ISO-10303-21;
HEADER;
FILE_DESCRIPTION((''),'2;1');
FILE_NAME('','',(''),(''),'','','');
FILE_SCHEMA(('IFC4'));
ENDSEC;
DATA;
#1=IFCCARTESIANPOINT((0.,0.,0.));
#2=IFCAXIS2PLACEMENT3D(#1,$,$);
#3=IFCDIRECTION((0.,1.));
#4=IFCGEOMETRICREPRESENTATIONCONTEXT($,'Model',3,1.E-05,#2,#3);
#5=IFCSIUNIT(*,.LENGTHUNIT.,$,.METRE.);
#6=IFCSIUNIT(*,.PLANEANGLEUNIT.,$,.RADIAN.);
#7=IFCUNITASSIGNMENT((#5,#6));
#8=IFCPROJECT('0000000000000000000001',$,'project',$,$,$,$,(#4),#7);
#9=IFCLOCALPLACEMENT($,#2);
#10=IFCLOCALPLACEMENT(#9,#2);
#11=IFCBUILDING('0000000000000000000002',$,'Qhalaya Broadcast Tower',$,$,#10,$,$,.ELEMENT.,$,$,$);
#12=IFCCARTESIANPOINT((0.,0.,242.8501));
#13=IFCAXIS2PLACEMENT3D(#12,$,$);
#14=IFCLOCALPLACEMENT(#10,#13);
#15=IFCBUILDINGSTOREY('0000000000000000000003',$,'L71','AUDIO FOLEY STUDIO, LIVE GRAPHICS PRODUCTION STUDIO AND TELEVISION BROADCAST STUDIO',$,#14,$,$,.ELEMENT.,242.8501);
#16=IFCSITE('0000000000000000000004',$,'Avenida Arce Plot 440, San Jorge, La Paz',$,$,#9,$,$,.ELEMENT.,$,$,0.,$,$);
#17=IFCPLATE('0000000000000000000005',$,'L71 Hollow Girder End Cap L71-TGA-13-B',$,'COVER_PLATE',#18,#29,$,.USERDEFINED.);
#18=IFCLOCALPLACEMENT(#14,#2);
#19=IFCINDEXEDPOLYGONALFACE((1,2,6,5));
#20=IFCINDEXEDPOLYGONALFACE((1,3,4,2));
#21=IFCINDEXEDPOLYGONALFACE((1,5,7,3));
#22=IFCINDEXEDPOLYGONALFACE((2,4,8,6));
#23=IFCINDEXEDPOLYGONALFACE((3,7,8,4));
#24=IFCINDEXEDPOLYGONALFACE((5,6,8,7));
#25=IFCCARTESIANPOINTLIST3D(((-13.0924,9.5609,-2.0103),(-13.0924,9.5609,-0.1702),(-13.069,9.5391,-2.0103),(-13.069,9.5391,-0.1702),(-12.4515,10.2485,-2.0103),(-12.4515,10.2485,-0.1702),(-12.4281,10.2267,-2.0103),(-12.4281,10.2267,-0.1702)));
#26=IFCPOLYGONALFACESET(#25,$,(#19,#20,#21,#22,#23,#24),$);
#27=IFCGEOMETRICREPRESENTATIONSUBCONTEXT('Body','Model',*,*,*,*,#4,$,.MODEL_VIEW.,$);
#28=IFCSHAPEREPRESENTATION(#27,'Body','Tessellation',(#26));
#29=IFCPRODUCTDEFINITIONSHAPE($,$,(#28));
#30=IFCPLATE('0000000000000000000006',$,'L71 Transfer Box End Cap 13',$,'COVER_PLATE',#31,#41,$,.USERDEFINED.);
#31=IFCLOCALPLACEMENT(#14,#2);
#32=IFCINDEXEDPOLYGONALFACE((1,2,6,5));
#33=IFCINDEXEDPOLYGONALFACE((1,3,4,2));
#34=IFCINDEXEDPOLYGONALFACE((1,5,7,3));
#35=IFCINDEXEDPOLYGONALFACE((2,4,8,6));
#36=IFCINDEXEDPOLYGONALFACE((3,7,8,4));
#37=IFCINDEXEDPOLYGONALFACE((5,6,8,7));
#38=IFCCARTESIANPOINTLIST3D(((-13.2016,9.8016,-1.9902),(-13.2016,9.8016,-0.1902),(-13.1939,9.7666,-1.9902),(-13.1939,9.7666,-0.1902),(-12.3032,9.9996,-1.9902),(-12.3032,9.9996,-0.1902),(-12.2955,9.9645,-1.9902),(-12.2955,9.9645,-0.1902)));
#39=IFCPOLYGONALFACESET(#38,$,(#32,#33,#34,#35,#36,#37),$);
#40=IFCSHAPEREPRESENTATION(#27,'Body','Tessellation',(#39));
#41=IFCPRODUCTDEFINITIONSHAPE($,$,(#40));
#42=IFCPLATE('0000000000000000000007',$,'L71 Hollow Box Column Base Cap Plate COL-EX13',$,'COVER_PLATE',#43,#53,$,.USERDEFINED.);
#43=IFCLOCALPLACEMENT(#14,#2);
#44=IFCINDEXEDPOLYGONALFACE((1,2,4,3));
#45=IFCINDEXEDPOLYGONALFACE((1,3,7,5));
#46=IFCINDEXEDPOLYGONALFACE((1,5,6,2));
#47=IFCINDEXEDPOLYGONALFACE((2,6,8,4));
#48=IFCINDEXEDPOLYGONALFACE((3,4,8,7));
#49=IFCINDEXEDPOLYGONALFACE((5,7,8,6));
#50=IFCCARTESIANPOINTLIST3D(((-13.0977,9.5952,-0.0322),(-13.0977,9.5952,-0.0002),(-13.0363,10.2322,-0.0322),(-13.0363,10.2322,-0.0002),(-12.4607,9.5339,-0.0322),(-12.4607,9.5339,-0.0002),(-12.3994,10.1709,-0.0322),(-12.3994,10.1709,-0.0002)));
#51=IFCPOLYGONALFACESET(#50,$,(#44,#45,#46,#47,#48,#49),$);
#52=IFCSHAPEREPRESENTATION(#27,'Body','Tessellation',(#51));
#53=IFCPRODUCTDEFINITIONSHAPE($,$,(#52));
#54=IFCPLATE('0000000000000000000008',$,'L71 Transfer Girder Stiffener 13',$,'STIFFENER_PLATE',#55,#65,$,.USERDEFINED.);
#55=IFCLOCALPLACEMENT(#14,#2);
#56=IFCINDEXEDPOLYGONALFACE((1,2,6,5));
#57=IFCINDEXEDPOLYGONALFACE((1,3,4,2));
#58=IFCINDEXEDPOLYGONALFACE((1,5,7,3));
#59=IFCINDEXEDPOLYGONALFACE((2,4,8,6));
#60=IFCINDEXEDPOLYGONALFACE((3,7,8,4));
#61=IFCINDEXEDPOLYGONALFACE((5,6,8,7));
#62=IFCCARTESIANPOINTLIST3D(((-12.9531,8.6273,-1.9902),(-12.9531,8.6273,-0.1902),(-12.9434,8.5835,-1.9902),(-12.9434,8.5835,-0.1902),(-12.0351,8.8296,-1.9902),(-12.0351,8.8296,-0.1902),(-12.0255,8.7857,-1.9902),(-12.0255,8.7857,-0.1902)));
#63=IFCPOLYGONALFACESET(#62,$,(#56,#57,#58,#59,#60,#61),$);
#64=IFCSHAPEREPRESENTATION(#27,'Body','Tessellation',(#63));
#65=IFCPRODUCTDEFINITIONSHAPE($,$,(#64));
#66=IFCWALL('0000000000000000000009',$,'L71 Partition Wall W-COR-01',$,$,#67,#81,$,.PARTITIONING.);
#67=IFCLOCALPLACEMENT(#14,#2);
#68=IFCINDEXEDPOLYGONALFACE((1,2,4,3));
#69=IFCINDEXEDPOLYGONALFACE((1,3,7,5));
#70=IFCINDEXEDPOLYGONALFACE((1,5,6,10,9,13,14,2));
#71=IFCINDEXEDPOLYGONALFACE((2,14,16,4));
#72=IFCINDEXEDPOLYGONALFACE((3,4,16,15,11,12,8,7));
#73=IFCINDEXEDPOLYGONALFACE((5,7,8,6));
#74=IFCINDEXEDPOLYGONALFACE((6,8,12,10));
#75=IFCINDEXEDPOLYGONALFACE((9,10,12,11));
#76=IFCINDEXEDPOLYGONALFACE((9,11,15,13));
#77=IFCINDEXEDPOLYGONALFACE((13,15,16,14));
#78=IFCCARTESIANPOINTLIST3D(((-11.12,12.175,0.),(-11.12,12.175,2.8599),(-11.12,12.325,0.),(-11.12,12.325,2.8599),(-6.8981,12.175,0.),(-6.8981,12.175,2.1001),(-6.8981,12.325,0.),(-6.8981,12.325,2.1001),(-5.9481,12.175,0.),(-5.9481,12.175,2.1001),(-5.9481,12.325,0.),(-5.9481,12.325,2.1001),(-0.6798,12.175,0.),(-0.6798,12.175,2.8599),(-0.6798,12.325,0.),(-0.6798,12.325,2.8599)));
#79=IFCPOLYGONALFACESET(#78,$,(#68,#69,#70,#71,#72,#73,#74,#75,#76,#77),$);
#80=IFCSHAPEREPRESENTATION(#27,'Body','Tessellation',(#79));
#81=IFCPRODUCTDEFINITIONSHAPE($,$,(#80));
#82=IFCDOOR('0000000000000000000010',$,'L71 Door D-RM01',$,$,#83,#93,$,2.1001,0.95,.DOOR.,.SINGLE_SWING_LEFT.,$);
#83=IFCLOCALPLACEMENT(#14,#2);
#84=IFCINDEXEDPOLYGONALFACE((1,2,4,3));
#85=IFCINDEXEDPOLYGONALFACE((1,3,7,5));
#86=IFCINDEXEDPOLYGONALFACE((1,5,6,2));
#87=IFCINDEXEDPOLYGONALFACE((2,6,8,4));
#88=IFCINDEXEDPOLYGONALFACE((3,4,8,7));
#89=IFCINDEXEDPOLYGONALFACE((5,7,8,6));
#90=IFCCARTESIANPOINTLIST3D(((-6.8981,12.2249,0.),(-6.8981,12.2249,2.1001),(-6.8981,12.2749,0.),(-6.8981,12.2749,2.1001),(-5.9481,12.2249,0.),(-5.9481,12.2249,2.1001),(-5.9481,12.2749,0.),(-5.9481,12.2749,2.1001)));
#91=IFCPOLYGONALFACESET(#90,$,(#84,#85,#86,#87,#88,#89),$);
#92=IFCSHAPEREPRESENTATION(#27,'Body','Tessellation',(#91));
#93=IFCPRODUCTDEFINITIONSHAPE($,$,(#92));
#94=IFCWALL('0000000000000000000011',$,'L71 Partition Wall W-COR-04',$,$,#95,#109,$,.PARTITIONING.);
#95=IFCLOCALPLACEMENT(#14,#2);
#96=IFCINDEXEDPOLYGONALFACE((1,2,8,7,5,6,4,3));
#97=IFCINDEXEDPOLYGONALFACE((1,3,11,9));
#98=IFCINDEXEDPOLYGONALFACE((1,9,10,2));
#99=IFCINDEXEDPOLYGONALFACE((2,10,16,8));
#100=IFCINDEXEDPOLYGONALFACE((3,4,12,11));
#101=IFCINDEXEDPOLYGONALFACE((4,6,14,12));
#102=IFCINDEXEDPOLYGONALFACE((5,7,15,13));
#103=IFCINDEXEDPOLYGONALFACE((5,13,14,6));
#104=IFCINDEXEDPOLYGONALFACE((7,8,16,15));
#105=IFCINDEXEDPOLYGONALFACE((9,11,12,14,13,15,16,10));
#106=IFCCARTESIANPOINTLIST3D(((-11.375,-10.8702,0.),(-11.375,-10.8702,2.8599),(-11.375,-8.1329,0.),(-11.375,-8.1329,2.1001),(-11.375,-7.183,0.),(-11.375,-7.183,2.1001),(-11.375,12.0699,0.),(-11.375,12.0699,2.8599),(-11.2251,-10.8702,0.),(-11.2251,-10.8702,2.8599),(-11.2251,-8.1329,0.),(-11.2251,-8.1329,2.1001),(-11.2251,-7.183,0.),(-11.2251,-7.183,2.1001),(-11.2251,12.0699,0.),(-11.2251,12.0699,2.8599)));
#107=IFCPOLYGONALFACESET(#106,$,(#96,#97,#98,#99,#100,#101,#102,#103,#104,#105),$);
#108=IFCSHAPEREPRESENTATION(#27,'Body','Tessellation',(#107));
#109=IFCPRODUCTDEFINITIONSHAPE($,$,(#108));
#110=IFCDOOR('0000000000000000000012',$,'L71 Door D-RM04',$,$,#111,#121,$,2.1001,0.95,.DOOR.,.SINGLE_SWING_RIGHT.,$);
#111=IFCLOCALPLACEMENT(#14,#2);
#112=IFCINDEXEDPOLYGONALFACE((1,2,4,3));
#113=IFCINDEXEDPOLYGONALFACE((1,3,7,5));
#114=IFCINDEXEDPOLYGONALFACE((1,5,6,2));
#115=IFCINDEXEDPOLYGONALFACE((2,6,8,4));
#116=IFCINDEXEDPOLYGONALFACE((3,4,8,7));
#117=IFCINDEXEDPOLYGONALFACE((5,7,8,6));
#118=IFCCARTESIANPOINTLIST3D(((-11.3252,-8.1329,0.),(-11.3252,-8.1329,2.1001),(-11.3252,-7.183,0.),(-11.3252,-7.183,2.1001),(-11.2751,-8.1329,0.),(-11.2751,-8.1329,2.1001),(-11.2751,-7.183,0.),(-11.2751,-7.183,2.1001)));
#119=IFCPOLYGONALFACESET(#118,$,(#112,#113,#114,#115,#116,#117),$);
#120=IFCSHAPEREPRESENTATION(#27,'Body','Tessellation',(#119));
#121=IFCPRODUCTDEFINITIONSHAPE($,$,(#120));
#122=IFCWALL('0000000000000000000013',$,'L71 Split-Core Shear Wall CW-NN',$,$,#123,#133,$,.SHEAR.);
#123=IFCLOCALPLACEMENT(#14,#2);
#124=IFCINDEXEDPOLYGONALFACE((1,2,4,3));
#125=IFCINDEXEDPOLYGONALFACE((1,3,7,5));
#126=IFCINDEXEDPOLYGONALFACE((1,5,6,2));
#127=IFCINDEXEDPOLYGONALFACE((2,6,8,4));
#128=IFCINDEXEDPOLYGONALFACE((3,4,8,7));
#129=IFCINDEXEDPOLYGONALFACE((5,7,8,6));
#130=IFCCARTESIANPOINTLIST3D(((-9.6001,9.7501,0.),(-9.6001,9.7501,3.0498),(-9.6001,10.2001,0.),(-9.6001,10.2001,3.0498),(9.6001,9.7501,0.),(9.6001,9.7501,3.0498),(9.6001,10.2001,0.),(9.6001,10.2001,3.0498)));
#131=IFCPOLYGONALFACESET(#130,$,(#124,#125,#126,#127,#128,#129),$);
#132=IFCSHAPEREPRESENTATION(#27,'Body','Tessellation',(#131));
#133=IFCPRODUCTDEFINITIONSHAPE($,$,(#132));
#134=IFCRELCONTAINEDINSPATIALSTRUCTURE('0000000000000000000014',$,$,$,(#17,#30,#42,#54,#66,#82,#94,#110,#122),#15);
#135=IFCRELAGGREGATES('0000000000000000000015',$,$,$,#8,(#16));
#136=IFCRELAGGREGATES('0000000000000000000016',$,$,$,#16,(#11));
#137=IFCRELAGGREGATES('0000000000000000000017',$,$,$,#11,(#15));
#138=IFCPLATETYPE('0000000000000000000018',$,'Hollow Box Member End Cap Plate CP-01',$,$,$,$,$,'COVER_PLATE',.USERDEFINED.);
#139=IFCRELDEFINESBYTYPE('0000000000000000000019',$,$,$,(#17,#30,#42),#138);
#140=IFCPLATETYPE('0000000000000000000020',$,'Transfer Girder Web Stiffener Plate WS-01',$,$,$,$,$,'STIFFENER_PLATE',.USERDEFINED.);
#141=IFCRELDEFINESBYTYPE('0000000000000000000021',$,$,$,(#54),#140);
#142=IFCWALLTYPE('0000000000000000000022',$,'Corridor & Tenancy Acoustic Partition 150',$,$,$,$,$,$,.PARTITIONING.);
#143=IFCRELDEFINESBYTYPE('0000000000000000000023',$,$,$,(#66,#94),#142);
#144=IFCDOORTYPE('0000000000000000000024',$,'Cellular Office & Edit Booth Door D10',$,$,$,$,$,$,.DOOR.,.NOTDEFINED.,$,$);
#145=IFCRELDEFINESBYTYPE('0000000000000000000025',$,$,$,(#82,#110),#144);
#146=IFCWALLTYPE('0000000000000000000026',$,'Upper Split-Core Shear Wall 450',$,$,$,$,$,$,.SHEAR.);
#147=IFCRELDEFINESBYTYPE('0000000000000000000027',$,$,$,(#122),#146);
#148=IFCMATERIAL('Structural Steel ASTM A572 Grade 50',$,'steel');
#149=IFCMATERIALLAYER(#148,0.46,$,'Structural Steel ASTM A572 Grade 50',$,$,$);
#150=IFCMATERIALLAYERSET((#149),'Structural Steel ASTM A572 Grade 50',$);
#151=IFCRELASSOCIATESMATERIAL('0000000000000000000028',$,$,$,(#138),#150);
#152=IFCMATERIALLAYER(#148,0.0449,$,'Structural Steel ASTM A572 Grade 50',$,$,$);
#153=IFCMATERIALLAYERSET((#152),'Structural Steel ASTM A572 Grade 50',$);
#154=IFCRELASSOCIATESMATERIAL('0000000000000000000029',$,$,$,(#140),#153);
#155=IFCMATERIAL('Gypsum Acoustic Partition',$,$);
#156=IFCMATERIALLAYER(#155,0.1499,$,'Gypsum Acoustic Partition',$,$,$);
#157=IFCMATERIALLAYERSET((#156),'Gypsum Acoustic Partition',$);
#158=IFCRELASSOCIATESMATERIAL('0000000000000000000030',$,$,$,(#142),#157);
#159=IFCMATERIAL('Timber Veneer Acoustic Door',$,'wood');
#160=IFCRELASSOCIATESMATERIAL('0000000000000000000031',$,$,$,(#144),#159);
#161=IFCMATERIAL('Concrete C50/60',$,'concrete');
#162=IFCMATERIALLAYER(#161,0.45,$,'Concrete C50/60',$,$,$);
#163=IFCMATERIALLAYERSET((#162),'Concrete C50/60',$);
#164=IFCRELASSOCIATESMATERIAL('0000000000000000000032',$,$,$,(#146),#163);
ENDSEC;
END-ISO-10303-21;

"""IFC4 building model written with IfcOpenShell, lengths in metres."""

from ifc_helpers import new_model, si_unit, direction, frame, frame_2d, origin, origin_2d, place, context, subcontext, project, spatial, rectangle, extrude, material, layer, layer_set, type_object, element, fill, save


model = new_model("IFC4")

# Units and contexts
model_context = context("Model", 3, precision=1e-05, world=origin(), true_north=direction((0.0, 1.0)))
body_context = subcontext(model_context, "Body", "Model", "MODEL_VIEW")
ifc_project = project(units=[si_unit("LENGTHUNIT", "METRE"), si_unit("PLANEANGLEUNIT", "RADIAN")], contexts=[model_context])

# Site, building, storey
site_placement = place(None, origin())
site = spatial("IfcSite", under=ifc_project, at=site_placement, Name="Avenida Arce Plot 440, San Jorge, La Paz", CompositionType="ELEMENT", RefElevation=0.0)
building_placement = place(site_placement, origin())
building = spatial("IfcBuilding", under=site, at=building_placement, Name="Qhalaya Broadcast Tower", CompositionType="ELEMENT")
storey_placement = place(building_placement, frame((0.0, 0.0, 242.8501)))
storey = spatial("IfcBuildingStorey", under=building, at=storey_placement, Name="L71", Description="AUDIO FOLEY STUDIO, LIVE GRAPHICS PRODUCTION STUDIO AND TELEVISION BROADCAST STUDIO", CompositionType="ELEMENT", Elevation=242.8501)

# Shared definitions
ifc_material_1 = material(Name="Structural Steel ASTM A572 Grade 50", Category="steel")

# Plates
ifc_layer_1 = layer(ifc_material_1, 0.46, Name="Structural Steel ASTM A572 Grade 50")
ifc_layer_set_1 = layer_set([ifc_layer_1], Name="Structural Steel ASTM A572 Grade 50")
plate_type_1 = type_object("IfcPlateType", Name="Hollow Box Member End Cap Plate CP-01", ElementType="COVER_PLATE", PredefinedType="USERDEFINED", material=ifc_layer_set_1)
for number, where, z_axis, x_axis, name in (
    (1, (-12.7603, 9.8938, -2.0103), (0.0, 0.0, 1.0), (-0.681896, -0.731449, 0.0), "L71 Hollow Girder End Cap L71-TGA-13-B"),
):
    element("IfcPlate", number, at=place(storey_placement, frame(where, z_axis=z_axis, x_axis=x_axis)), inside=storey, type_object=plate_type_1, Name=name, ObjectType="COVER_PLATE", PredefinedType="USERDEFINED", context=body_context, shape_type="SweptSolid", body=[
        extrude(rectangle(XDim=0.9399, YDim=0.032, at=origin_2d()), origin(), (0.0, 0.0, 1.0), 1.8401),
    ])
plate_1_placement = place(storey_placement, frame((-12.7485, 9.8831, -1.9902), z_axis=(0.0, 0.0, 1.0), x_axis=(-0.976571, -0.215196, 0.0)))
element("IfcPlate", 2, at=plate_1_placement, inside=storey, type_object=plate_type_1, Name="L71 Transfer Box End Cap 13", ObjectType="COVER_PLATE", PredefinedType="USERDEFINED", context=body_context, shape_type="SweptSolid", body=[
    extrude(rectangle(XDim=0.9199, YDim=0.0359, at=origin_2d()), origin(), (0.0, 0.0, 1.0), 1.8),
])
plate_2_placement = place(storey_placement, frame((-12.7485, 9.8831, -0.0322), z_axis=(0.0, 0.0, 1.0), x_axis=(0.095846, 0.995396, 0.0)))
element("IfcPlate", 3, at=plate_2_placement, inside=storey, type_object=plate_type_1, Name="L71 Hollow Box Column Base Cap Plate COL-EX13", ObjectType="COVER_PLATE", PredefinedType="USERDEFINED", context=body_context, shape_type="SweptSolid", body=[
    extrude(rectangle(XDim=0.6399, YDim=0.6399, at=origin_2d()), origin(), (0.0, 0.0, 1.0), 0.032),
])
ifc_layer_2 = layer(ifc_material_1, 0.0449, Name="Structural Steel ASTM A572 Grade 50")
ifc_layer_set_2 = layer_set([ifc_layer_2], Name="Structural Steel ASTM A572 Grade 50")
plate_type_2 = type_object("IfcPlateType", Name="Transfer Girder Web Stiffener Plate WS-01", ElementType="STIFFENER_PLATE", PredefinedType="USERDEFINED", material=ifc_layer_set_2)
plate_3_placement = place(storey_placement, frame((-12.4893, 8.7065, -1.9902), z_axis=(0.0, 0.0, 1.0), x_axis=(-0.976571, -0.215196, 0.0)))
element("IfcPlate", 4, at=plate_3_placement, inside=storey, type_object=plate_type_2, Name="L71 Transfer Girder Stiffener 13", ObjectType="STIFFENER_PLATE", PredefinedType="USERDEFINED", context=body_context, shape_type="SweptSolid", body=[
    extrude(rectangle(XDim=0.9399, YDim=0.0449, at=origin_2d()), origin(), (0.0, 0.0, 1.0), 1.8),
])

# Walls, openings, doors
ifc_material_2 = material(Name="Gypsum Acoustic Partition")
ifc_layer_3 = layer(ifc_material_2, 0.1499, Name="Gypsum Acoustic Partition")
ifc_layer_set_3 = layer_set([ifc_layer_3], Name="Gypsum Acoustic Partition")
wall_type_1 = type_object("IfcWallType", Name="Corridor & Tenancy Acoustic Partition 150", PredefinedType="PARTITIONING", material=ifc_layer_set_3)
wall_1_placement = place(storey_placement, frame((-11.1201, 12.25, 0.0), z_axis=(0.0, 0.0, 1.0), x_axis=(1.0, 0.0, 0.0)))
wall_1 = element("IfcWall", 5, at=wall_1_placement, inside=storey, type_object=wall_type_1, Name="L71 Partition Wall W-COR-01", PredefinedType="PARTITIONING", context=body_context, shape_type="SweptSolid", body=[
    extrude(rectangle(XDim=10.4402, YDim=0.1499, at=frame_2d((5.2202, 0.0))), origin(), (0.0, 0.0, 1.0), 2.8599),
])
opening_1_placement = place(wall_1_placement, frame((4.2219, 0.0, 0.0)))
opening_1 = element("IfcOpeningElement", 6, at=opening_1_placement, cuts=wall_1, PredefinedType="OPENING", context=body_context, shape_type="SweptSolid", body=[
    extrude(rectangle(XDim=0.95, YDim=2.1001, at=frame_2d((0.4751, 1.05))), frame((0.0, 0.0869, 0.0), z_axis=(0.0, -1.0, 0.0), x_axis=(1.0, 0.0, 0.0)), (0.0, 0.0, 1.0), 0.1738),
])
ifc_material_3 = material(Name="Timber Veneer Acoustic Door", Category="wood")
door_type = type_object("IfcDoorType", Name="Cellular Office & Edit Booth Door D10", OperationType="NOTDEFINED", PredefinedType="DOOR", material=ifc_material_3)
door_1_placement = place(opening_1_placement, origin())
door_1 = element("IfcDoor", 7, at=door_1_placement, inside=storey, type_object=door_type, Name="L71 Door D-RM01", OperationType="SINGLE_SWING_LEFT", OverallHeight=2.1001, OverallWidth=0.95, PredefinedType="DOOR", context=body_context, shape_type="SweptSolid", body=[
    extrude(rectangle(XDim=0.95, YDim=2.1001, at=frame_2d((0.4751, 1.05))), frame((0.0, 0.0249, 0.0), z_axis=(0.0, -1.0, 0.0), x_axis=(1.0, 0.0, 0.0)), (0.0, 0.0, 1.0), 0.05),
])
fill(opening_1, door_1)
wall_2_placement = place(storey_placement, frame((-11.3, 12.0701, 0.0), z_axis=(0.0, 0.0, 1.0), x_axis=(0.0, -1.0, 0.0)))
wall_2 = element("IfcWall", 8, at=wall_2_placement, inside=storey, type_object=wall_type_1, Name="L71 Partition Wall W-COR-04", PredefinedType="PARTITIONING", context=body_context, shape_type="SweptSolid", body=[
    extrude(rectangle(XDim=22.9402, YDim=0.1499, at=frame_2d((11.4702, 0.0))), origin(), (0.0, 0.0, 1.0), 2.8599),
])
opening_2_placement = place(wall_2_placement, frame((19.2529, 0.0, 0.0)))
opening_2 = element("IfcOpeningElement", 9, at=opening_2_placement, cuts=wall_2, PredefinedType="OPENING", context=body_context, shape_type="SweptSolid", body=[
    extrude(rectangle(XDim=0.95, YDim=2.1001, at=frame_2d((0.4751, 1.05))), frame((0.0, 0.0869, 0.0), z_axis=(0.0, -1.0, 0.0), x_axis=(1.0, 0.0, 0.0)), (0.0, 0.0, 1.0), 0.1738),
])
door_2_placement = place(opening_2_placement, origin())
door_2 = element("IfcDoor", 10, at=door_2_placement, inside=storey, type_object=door_type, Name="L71 Door D-RM04", OperationType="SINGLE_SWING_RIGHT", OverallHeight=2.1001, OverallWidth=0.95, PredefinedType="DOOR", context=body_context, shape_type="SweptSolid", body=[
    extrude(rectangle(XDim=0.95, YDim=2.1001, at=frame_2d((0.4751, 1.05))), frame((0.0, 0.0249, 0.0), z_axis=(0.0, -1.0, 0.0), x_axis=(1.0, 0.0, 0.0)), (0.0, 0.0, 1.0), 0.05),
])
fill(opening_2, door_2)

# Wall
ifc_material_4 = material(Name="Concrete C50/60", Category="concrete")
ifc_layer_4 = layer(ifc_material_4, 0.45, Name="Concrete C50/60")
ifc_layer_set_4 = layer_set([ifc_layer_4], Name="Concrete C50/60")
wall_type_2 = type_object("IfcWallType", Name="Upper Split-Core Shear Wall 450", PredefinedType="SHEAR", material=ifc_layer_set_4)
wall_3_placement = place(storey_placement, frame((-9.6001, 9.9751, 0.0), z_axis=(0.0, 0.0, 1.0), x_axis=(1.0, 0.0, 0.0)))
element("IfcWall", 11, at=wall_3_placement, inside=storey, type_object=wall_type_2, Name="L71 Split-Core Shear Wall CW-NN", PredefinedType="SHEAR", context=body_context, shape_type="SweptSolid", body=[
    extrude(rectangle(XDim=19.2002, YDim=0.45, at=frame_2d((9.6001, 0.0))), origin(), (0.0, 0.0, 1.0), 3.0498),
])

save(model, "model.ifc")
